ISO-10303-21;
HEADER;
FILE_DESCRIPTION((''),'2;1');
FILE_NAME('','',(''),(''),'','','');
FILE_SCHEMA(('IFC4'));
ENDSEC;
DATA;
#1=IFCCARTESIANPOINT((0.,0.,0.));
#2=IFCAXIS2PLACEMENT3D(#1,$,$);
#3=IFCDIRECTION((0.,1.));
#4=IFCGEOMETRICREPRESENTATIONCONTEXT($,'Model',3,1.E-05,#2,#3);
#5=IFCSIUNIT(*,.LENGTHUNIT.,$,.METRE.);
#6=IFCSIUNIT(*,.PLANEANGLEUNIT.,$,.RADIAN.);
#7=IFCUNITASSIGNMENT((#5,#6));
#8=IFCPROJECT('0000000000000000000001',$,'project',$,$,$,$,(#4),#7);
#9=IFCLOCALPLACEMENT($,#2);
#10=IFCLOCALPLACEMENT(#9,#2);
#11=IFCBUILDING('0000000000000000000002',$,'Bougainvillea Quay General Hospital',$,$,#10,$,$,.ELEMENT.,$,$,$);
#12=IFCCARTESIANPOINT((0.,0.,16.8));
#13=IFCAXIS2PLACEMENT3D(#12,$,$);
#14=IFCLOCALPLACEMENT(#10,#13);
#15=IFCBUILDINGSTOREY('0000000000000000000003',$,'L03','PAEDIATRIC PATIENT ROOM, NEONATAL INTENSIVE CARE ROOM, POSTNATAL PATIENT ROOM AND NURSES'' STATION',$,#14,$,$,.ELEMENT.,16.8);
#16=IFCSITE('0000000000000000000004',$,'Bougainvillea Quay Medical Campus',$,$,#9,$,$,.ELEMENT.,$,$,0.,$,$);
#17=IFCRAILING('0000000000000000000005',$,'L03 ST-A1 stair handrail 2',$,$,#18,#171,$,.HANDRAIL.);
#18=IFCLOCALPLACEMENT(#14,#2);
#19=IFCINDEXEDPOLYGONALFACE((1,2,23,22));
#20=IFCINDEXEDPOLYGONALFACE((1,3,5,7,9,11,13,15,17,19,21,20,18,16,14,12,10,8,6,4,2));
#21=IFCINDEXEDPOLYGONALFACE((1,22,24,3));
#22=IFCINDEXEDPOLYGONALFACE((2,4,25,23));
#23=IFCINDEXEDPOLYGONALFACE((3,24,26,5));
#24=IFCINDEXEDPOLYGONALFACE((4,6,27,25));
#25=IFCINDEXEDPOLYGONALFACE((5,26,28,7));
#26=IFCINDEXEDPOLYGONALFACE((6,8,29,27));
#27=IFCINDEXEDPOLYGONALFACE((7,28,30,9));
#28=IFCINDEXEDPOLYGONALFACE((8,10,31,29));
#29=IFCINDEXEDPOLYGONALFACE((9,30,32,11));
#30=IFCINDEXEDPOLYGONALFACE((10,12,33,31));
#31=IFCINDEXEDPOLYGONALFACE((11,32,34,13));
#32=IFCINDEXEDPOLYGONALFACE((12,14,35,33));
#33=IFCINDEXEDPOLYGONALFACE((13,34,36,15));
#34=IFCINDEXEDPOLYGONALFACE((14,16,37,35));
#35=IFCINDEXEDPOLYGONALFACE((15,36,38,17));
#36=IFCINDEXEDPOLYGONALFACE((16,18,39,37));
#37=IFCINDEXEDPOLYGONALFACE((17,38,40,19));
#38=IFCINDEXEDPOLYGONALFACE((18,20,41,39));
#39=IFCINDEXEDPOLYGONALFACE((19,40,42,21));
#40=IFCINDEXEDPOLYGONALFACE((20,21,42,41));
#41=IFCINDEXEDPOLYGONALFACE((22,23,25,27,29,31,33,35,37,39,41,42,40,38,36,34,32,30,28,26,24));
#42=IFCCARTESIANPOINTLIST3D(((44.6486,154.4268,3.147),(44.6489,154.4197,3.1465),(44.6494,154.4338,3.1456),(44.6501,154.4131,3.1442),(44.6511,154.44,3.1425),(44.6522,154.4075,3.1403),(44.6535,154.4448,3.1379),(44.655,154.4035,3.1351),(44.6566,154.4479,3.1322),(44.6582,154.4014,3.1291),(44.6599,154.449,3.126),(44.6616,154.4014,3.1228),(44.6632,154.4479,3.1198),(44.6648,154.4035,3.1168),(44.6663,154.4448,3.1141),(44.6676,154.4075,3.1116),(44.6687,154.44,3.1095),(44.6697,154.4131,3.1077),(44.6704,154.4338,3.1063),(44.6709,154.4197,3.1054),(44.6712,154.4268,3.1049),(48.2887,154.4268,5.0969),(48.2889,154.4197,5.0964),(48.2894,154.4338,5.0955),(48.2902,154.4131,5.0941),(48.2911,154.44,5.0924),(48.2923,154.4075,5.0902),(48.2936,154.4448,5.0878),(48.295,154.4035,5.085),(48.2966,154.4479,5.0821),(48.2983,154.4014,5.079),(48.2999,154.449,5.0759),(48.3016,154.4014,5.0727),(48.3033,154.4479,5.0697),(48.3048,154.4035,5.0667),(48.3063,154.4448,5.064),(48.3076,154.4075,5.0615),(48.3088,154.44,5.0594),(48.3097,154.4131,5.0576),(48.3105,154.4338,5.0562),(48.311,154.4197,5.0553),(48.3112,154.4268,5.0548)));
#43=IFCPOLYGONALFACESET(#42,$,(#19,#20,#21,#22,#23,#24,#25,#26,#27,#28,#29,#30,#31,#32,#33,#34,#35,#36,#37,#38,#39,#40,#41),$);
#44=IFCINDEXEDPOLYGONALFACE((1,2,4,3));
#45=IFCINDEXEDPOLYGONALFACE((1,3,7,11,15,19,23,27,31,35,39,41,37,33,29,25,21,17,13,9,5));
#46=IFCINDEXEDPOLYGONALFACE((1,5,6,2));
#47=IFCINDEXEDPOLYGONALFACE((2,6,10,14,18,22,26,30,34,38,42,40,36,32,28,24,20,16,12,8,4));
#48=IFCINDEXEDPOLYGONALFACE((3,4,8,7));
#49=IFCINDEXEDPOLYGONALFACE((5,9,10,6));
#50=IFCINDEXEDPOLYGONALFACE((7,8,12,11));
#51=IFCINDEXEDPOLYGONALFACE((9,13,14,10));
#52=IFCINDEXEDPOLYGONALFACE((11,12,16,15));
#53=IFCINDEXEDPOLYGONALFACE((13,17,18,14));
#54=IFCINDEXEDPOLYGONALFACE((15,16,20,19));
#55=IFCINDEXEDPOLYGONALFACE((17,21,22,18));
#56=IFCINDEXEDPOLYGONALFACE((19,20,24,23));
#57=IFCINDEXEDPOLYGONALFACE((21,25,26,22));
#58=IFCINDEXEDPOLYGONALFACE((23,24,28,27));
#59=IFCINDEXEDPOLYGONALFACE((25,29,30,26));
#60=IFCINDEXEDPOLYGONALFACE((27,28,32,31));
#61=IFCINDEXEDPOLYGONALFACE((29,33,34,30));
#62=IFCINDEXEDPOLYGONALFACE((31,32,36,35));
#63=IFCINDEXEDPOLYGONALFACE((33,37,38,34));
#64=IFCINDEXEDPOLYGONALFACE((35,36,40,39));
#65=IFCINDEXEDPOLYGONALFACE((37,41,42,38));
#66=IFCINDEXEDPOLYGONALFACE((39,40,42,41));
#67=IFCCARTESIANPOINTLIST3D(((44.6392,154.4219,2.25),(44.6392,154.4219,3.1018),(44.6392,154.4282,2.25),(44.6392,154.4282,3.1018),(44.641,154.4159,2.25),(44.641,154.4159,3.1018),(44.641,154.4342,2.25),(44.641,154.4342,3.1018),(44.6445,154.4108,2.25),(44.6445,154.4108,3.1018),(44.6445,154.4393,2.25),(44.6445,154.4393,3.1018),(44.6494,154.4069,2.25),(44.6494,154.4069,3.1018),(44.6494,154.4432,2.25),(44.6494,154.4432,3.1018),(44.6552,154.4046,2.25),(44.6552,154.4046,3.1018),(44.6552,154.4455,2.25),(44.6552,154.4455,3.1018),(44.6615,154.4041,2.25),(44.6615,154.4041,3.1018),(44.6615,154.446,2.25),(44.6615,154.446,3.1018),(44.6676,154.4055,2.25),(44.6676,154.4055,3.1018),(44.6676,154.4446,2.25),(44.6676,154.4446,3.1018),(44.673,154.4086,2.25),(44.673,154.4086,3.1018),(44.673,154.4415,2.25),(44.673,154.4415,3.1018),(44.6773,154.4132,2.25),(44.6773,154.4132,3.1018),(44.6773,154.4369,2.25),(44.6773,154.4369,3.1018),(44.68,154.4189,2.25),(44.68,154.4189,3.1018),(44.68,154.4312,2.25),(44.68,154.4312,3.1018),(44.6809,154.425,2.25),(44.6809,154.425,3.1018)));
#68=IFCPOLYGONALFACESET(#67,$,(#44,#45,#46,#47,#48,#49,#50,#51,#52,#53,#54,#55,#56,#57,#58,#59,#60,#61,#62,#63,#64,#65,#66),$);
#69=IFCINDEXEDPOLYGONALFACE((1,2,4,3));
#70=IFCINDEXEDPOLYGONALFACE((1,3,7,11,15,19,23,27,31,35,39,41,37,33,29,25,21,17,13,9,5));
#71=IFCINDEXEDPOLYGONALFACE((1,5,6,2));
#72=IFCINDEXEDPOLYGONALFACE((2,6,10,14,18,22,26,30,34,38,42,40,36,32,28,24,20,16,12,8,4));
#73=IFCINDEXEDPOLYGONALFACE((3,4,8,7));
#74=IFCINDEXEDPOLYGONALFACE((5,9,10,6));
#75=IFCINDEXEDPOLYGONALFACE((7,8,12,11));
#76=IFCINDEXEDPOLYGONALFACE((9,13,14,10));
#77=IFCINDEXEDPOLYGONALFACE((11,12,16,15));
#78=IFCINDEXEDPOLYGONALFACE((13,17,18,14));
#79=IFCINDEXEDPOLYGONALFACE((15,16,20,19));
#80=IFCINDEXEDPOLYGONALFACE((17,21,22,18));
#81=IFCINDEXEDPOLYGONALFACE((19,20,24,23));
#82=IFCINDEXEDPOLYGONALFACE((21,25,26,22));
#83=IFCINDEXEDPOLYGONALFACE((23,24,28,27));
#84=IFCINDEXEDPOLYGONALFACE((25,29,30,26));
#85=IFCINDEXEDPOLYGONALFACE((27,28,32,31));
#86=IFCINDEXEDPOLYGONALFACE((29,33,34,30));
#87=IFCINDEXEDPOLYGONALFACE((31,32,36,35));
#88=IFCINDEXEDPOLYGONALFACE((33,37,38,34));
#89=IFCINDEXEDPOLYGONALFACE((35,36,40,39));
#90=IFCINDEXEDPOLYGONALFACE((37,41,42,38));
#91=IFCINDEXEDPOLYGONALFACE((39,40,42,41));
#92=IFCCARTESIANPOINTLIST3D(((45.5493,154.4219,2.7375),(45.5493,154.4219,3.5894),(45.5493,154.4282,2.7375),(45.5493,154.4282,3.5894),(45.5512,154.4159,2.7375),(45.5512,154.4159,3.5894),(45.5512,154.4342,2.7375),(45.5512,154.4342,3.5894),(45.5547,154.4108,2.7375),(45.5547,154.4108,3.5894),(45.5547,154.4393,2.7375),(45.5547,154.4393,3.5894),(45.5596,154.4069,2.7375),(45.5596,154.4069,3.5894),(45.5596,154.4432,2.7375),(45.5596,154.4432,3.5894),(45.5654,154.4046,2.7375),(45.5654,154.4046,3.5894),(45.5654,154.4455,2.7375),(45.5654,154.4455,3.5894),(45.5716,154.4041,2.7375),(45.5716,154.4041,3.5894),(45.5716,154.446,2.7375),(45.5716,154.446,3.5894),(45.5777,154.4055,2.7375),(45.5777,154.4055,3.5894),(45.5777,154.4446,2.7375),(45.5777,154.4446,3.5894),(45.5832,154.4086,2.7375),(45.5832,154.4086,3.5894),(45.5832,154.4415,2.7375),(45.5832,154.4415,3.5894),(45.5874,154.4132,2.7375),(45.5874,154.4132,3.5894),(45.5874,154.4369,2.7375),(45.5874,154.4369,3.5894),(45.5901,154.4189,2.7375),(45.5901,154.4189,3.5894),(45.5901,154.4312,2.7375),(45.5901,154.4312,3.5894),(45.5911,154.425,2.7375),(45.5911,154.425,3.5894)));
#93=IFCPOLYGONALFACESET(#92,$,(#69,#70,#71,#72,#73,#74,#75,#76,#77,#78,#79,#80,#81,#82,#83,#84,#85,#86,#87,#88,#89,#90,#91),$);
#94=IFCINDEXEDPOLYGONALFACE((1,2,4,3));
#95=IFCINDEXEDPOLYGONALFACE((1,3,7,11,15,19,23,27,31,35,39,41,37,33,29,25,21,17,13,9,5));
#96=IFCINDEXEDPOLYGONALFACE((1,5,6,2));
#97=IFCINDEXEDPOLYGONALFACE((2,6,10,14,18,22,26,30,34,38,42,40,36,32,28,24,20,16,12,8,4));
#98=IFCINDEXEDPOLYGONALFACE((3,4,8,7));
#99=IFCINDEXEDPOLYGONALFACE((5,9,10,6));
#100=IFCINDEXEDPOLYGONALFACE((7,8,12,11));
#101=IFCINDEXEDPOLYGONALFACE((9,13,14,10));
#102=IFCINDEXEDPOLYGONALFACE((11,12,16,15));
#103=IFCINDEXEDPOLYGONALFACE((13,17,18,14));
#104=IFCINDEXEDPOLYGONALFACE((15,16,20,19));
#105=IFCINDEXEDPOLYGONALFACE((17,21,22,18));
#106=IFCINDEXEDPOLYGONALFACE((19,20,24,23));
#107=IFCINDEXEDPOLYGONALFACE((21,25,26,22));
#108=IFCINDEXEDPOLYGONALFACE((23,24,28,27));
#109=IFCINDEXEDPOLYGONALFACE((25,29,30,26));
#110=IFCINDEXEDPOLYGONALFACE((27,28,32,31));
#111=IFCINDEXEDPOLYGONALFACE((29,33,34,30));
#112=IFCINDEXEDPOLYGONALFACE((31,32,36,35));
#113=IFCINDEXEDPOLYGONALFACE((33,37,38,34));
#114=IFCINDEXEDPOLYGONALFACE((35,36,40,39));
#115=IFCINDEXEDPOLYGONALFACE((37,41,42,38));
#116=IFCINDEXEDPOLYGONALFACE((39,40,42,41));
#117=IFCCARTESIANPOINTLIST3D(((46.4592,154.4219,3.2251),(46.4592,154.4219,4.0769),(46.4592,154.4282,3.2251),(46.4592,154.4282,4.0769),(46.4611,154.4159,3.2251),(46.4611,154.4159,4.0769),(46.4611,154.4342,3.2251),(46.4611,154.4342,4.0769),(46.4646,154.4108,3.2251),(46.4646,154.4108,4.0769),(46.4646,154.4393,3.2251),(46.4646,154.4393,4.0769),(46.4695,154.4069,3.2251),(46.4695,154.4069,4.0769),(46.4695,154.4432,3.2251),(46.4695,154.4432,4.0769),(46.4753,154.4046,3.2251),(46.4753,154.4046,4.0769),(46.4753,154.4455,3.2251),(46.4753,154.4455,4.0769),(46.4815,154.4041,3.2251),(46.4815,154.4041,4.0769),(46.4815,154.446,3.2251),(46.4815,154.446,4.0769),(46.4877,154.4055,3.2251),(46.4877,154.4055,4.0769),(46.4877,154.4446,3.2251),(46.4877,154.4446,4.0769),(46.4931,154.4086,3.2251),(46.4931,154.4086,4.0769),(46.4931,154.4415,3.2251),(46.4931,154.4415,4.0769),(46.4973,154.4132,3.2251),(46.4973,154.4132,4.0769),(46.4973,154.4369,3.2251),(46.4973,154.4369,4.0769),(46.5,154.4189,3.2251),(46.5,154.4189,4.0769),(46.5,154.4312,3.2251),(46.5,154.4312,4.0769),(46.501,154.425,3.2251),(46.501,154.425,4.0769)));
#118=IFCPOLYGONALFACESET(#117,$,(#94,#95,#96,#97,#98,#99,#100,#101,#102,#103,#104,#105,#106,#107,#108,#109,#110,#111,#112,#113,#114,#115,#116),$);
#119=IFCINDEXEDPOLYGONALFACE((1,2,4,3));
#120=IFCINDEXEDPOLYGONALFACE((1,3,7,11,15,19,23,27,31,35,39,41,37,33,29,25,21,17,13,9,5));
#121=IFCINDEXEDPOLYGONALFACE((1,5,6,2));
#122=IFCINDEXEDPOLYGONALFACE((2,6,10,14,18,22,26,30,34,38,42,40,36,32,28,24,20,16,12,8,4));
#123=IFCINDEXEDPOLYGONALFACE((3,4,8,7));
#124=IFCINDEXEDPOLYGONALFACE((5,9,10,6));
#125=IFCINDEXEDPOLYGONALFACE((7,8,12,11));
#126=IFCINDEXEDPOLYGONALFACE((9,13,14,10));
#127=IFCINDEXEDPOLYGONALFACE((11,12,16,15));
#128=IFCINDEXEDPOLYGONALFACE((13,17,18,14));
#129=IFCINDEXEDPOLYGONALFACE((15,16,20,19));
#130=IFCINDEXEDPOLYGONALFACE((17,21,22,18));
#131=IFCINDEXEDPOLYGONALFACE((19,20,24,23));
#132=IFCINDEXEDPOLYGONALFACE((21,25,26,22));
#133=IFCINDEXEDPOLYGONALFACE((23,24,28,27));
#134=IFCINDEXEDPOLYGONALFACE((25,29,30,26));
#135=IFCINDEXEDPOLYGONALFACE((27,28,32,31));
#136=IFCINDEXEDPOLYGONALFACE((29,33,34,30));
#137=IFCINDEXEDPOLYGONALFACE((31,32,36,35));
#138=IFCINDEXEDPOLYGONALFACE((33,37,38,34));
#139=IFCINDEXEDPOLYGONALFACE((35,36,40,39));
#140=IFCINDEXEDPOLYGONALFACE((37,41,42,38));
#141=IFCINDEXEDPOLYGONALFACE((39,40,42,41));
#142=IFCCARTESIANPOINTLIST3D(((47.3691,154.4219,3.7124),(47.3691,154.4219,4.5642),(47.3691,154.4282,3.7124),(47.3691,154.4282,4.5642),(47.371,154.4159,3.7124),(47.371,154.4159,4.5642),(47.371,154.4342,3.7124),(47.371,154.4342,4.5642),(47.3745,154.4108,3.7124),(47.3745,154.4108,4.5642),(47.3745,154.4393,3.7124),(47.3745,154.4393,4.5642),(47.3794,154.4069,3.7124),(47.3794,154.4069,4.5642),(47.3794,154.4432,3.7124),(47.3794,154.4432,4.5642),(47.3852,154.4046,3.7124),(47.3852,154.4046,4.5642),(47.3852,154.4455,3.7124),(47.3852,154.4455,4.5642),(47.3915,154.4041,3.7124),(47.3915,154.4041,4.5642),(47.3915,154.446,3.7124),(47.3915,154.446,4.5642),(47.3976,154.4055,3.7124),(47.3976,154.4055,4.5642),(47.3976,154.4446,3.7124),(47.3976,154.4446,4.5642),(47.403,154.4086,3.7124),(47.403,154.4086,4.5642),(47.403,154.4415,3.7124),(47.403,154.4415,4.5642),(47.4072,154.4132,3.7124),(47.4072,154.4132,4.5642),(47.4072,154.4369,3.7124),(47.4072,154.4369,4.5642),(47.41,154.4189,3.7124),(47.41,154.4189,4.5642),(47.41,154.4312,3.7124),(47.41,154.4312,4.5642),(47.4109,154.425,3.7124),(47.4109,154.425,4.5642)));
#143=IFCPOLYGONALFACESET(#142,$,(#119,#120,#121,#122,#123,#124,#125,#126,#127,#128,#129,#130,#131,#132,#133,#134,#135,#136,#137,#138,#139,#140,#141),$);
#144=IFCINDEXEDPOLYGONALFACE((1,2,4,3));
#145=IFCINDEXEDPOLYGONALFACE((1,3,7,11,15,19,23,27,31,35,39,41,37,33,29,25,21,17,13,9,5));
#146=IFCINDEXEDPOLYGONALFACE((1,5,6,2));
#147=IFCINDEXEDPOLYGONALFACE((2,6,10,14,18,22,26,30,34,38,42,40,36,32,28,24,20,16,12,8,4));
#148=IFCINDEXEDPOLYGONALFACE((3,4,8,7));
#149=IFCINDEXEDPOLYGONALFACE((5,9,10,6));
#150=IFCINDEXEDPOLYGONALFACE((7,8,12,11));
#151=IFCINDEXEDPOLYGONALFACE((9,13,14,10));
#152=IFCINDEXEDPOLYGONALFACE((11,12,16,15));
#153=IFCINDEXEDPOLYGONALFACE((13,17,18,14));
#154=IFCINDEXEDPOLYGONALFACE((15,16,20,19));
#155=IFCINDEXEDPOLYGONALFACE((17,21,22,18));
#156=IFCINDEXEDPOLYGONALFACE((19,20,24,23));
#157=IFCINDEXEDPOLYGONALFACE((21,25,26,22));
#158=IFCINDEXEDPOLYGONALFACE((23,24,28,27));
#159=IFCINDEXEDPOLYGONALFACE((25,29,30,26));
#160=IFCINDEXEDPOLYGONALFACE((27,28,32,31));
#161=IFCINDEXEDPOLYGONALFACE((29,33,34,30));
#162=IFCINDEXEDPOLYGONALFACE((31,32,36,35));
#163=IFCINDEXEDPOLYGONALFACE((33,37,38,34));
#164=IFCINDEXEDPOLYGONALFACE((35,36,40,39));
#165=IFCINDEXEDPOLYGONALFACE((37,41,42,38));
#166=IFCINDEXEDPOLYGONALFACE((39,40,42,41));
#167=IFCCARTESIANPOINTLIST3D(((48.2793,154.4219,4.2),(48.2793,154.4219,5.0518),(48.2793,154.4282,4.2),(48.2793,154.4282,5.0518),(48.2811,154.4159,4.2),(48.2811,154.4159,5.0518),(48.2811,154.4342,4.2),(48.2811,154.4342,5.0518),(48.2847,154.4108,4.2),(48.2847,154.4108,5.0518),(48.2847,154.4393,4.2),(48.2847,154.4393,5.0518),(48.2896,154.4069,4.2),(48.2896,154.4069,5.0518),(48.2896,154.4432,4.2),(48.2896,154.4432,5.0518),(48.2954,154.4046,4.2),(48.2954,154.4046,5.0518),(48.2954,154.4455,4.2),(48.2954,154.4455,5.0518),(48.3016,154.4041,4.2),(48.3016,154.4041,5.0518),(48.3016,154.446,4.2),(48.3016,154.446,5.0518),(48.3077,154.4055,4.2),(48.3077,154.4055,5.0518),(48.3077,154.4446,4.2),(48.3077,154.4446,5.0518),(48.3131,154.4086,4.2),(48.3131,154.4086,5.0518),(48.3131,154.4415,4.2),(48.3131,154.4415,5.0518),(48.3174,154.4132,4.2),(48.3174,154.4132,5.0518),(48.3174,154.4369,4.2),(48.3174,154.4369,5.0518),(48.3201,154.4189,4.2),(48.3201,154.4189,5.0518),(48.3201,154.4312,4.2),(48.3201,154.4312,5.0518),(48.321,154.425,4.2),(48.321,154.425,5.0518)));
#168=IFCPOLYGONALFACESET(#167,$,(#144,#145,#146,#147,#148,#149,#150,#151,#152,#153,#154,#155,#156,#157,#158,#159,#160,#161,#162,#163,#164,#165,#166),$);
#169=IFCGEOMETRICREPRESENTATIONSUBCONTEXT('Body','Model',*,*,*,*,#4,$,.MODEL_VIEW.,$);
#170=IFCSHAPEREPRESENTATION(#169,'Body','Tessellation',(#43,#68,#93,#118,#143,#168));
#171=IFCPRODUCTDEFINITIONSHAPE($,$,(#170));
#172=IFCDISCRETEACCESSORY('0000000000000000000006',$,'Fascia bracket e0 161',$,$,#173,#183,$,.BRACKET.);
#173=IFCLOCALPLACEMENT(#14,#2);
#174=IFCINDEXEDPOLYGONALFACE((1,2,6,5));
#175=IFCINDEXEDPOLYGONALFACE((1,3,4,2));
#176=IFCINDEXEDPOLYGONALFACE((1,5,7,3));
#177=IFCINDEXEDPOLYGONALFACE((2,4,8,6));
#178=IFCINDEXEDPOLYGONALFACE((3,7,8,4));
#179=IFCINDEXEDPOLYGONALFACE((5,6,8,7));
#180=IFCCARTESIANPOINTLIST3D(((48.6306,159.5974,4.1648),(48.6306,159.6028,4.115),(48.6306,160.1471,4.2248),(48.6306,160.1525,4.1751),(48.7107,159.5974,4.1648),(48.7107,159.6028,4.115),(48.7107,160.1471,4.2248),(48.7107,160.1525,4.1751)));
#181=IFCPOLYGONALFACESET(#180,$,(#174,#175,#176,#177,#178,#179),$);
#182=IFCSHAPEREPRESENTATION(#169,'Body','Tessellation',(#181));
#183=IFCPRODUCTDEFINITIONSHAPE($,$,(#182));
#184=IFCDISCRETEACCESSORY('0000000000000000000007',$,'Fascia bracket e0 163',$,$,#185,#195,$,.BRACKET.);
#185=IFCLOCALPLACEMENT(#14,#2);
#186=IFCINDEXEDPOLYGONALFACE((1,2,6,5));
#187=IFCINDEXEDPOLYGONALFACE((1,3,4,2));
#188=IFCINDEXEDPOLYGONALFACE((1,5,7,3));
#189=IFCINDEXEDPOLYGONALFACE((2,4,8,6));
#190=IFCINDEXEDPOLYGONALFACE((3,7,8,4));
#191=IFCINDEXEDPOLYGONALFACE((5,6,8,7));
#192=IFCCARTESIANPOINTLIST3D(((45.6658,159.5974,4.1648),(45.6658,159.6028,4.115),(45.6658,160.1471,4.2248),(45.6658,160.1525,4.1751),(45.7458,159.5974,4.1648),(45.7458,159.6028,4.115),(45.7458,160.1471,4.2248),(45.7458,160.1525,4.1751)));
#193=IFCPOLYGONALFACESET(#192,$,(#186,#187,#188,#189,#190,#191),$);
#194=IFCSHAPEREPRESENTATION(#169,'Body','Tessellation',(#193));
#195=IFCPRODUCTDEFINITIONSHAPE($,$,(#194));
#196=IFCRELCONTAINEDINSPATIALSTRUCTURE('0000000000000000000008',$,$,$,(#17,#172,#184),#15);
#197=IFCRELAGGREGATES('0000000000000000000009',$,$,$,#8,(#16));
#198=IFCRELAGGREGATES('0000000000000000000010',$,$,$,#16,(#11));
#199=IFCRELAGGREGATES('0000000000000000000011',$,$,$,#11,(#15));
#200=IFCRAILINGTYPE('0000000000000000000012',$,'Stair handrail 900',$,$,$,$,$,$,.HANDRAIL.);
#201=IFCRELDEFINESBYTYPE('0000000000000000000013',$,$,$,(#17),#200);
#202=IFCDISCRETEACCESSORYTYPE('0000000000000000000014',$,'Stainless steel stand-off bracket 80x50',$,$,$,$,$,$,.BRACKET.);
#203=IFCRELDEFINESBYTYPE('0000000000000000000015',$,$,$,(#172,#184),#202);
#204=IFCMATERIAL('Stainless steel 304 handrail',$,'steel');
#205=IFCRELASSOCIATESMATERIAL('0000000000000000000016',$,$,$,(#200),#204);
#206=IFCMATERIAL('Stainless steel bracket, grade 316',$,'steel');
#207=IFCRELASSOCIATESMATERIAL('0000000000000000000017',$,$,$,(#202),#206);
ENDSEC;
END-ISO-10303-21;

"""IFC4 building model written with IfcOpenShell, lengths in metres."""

from ifc_helpers import new_model, si_unit, direction, frame, origin, origin_2d, place, context, subcontext, project, spatial, rectangle, circle, extrude, material, material_profile, profile_set, type_object, element, save


model = new_model("IFC4")

# Units and contexts
model_context = context("Model", 3, precision=1e-05, world=origin(), true_north=direction((0.0, 1.0)))
body_context = subcontext(model_context, "Body", "Model", "MODEL_VIEW")
ifc_project = project(units=[si_unit("LENGTHUNIT", "METRE"), si_unit("PLANEANGLEUNIT", "RADIAN")], contexts=[model_context])

# Site, building, storey
site_placement = place(None, origin())
site = spatial("IfcSite", under=ifc_project, at=site_placement, Name="Bougainvillea Quay Medical Campus", CompositionType="ELEMENT", RefElevation=0.0)
building_placement = place(site_placement, origin())
building = spatial("IfcBuilding", under=site, at=building_placement, Name="Bougainvillea Quay General Hospital", CompositionType="ELEMENT")
storey_placement = place(building_placement, frame((0.0, 0.0, 16.8)))
storey = spatial("IfcBuildingStorey", under=building, at=storey_placement, Name="L03", Description="PAEDIATRIC PATIENT ROOM, NEONATAL INTENSIVE CARE ROOM, POSTNATAL PATIENT ROOM AND NURSES' STATION", CompositionType="ELEMENT", Elevation=16.8)

# Railing
ifc_material_1 = material(Name="Stainless steel 304 handrail", Category="steel")
railing_type_1 = type_object("IfcRailingType", Name="Stair handrail 900", PredefinedType="HANDRAIL", material=ifc_material_1)
railing_1_placement = place(storey_placement, frame((44.6599, 154.425, 2.25)))
element("IfcRailing", 1, at=railing_1_placement, inside=storey, type_object=railing_type_1, Name="L03 ST-A1 stair handrail 2", PredefinedType="HANDRAIL", context=body_context, shape_type="SweptSolid", body=[
    extrude(circle(Radius=0.0239, at=origin_2d()), frame((0.0, 0.0, 0.876), z_axis=(0.881492, 0.0, 0.472198), x_axis=(0.0, 1.0, 0.0)), (0.0, 0.0, 1.0), 4.1294),
    extrude(circle(Radius=0.021, at=origin_2d()), origin(), (0.0, 0.0, 1.0), 0.8518),
    extrude(circle(Radius=0.021, at=origin_2d()), frame((0.9102, 0.0, 0.4875)), (0.0, 0.0, 1.0), 0.8518),
    extrude(circle(Radius=0.021, at=origin_2d()), frame((1.8201, 0.0, 0.9751)), (0.0, 0.0, 1.0), 0.8518),
    extrude(circle(Radius=0.021, at=origin_2d()), frame((2.73, 0.0, 1.4624)), (0.0, 0.0, 1.0), 0.8518),
    extrude(circle(Radius=0.021, at=origin_2d()), frame((3.6401, 0.0, 1.95)), (0.0, 0.0, 1.0), 0.8518),
])

# Discrete accessories
ifc_material_2 = material(Name="Stainless steel bracket, grade 316", Category="steel")
ifc_material_profile_1 = material_profile(ifc_material_2, rectangle(XDim=0.0801, YDim=0.05, at=origin_2d()))
ifc_profile_set_1 = profile_set([ifc_material_profile_1], Name="Stainless steel bracket, grade 316")
discrete_accessory_type = type_object("IfcDiscreteAccessoryType", Name="Stainless steel stand-off bracket 80x50", PredefinedType="BRACKET", material=ifc_profile_set_1)
for number, where, z_axis, x_axis, name in (
    (2, (48.6707, 159.6001, 4.1399), (0.0, 0.994087, 0.10859), (-1.0, 0.0, 0.0), "Fascia bracket e0 161"),
    (3, (45.7058, 159.6001, 4.1399), (0.0, 0.994087, 0.10859), (-1.0, 0.0, 0.0), "Fascia bracket e0 163"),
):
    element("IfcDiscreteAccessory", number, at=place(storey_placement, frame(where, z_axis=z_axis, x_axis=x_axis)), inside=storey, type_object=discrete_accessory_type, Name=name, PredefinedType="BRACKET", context=body_context, shape_type="SweptSolid", body=[
        extrude(rectangle(XDim=0.0801, YDim=0.05, at=origin_2d()), origin(), (0.0, 0.0, 1.0), 0.553),
    ])

save(model, "model.ifc")
